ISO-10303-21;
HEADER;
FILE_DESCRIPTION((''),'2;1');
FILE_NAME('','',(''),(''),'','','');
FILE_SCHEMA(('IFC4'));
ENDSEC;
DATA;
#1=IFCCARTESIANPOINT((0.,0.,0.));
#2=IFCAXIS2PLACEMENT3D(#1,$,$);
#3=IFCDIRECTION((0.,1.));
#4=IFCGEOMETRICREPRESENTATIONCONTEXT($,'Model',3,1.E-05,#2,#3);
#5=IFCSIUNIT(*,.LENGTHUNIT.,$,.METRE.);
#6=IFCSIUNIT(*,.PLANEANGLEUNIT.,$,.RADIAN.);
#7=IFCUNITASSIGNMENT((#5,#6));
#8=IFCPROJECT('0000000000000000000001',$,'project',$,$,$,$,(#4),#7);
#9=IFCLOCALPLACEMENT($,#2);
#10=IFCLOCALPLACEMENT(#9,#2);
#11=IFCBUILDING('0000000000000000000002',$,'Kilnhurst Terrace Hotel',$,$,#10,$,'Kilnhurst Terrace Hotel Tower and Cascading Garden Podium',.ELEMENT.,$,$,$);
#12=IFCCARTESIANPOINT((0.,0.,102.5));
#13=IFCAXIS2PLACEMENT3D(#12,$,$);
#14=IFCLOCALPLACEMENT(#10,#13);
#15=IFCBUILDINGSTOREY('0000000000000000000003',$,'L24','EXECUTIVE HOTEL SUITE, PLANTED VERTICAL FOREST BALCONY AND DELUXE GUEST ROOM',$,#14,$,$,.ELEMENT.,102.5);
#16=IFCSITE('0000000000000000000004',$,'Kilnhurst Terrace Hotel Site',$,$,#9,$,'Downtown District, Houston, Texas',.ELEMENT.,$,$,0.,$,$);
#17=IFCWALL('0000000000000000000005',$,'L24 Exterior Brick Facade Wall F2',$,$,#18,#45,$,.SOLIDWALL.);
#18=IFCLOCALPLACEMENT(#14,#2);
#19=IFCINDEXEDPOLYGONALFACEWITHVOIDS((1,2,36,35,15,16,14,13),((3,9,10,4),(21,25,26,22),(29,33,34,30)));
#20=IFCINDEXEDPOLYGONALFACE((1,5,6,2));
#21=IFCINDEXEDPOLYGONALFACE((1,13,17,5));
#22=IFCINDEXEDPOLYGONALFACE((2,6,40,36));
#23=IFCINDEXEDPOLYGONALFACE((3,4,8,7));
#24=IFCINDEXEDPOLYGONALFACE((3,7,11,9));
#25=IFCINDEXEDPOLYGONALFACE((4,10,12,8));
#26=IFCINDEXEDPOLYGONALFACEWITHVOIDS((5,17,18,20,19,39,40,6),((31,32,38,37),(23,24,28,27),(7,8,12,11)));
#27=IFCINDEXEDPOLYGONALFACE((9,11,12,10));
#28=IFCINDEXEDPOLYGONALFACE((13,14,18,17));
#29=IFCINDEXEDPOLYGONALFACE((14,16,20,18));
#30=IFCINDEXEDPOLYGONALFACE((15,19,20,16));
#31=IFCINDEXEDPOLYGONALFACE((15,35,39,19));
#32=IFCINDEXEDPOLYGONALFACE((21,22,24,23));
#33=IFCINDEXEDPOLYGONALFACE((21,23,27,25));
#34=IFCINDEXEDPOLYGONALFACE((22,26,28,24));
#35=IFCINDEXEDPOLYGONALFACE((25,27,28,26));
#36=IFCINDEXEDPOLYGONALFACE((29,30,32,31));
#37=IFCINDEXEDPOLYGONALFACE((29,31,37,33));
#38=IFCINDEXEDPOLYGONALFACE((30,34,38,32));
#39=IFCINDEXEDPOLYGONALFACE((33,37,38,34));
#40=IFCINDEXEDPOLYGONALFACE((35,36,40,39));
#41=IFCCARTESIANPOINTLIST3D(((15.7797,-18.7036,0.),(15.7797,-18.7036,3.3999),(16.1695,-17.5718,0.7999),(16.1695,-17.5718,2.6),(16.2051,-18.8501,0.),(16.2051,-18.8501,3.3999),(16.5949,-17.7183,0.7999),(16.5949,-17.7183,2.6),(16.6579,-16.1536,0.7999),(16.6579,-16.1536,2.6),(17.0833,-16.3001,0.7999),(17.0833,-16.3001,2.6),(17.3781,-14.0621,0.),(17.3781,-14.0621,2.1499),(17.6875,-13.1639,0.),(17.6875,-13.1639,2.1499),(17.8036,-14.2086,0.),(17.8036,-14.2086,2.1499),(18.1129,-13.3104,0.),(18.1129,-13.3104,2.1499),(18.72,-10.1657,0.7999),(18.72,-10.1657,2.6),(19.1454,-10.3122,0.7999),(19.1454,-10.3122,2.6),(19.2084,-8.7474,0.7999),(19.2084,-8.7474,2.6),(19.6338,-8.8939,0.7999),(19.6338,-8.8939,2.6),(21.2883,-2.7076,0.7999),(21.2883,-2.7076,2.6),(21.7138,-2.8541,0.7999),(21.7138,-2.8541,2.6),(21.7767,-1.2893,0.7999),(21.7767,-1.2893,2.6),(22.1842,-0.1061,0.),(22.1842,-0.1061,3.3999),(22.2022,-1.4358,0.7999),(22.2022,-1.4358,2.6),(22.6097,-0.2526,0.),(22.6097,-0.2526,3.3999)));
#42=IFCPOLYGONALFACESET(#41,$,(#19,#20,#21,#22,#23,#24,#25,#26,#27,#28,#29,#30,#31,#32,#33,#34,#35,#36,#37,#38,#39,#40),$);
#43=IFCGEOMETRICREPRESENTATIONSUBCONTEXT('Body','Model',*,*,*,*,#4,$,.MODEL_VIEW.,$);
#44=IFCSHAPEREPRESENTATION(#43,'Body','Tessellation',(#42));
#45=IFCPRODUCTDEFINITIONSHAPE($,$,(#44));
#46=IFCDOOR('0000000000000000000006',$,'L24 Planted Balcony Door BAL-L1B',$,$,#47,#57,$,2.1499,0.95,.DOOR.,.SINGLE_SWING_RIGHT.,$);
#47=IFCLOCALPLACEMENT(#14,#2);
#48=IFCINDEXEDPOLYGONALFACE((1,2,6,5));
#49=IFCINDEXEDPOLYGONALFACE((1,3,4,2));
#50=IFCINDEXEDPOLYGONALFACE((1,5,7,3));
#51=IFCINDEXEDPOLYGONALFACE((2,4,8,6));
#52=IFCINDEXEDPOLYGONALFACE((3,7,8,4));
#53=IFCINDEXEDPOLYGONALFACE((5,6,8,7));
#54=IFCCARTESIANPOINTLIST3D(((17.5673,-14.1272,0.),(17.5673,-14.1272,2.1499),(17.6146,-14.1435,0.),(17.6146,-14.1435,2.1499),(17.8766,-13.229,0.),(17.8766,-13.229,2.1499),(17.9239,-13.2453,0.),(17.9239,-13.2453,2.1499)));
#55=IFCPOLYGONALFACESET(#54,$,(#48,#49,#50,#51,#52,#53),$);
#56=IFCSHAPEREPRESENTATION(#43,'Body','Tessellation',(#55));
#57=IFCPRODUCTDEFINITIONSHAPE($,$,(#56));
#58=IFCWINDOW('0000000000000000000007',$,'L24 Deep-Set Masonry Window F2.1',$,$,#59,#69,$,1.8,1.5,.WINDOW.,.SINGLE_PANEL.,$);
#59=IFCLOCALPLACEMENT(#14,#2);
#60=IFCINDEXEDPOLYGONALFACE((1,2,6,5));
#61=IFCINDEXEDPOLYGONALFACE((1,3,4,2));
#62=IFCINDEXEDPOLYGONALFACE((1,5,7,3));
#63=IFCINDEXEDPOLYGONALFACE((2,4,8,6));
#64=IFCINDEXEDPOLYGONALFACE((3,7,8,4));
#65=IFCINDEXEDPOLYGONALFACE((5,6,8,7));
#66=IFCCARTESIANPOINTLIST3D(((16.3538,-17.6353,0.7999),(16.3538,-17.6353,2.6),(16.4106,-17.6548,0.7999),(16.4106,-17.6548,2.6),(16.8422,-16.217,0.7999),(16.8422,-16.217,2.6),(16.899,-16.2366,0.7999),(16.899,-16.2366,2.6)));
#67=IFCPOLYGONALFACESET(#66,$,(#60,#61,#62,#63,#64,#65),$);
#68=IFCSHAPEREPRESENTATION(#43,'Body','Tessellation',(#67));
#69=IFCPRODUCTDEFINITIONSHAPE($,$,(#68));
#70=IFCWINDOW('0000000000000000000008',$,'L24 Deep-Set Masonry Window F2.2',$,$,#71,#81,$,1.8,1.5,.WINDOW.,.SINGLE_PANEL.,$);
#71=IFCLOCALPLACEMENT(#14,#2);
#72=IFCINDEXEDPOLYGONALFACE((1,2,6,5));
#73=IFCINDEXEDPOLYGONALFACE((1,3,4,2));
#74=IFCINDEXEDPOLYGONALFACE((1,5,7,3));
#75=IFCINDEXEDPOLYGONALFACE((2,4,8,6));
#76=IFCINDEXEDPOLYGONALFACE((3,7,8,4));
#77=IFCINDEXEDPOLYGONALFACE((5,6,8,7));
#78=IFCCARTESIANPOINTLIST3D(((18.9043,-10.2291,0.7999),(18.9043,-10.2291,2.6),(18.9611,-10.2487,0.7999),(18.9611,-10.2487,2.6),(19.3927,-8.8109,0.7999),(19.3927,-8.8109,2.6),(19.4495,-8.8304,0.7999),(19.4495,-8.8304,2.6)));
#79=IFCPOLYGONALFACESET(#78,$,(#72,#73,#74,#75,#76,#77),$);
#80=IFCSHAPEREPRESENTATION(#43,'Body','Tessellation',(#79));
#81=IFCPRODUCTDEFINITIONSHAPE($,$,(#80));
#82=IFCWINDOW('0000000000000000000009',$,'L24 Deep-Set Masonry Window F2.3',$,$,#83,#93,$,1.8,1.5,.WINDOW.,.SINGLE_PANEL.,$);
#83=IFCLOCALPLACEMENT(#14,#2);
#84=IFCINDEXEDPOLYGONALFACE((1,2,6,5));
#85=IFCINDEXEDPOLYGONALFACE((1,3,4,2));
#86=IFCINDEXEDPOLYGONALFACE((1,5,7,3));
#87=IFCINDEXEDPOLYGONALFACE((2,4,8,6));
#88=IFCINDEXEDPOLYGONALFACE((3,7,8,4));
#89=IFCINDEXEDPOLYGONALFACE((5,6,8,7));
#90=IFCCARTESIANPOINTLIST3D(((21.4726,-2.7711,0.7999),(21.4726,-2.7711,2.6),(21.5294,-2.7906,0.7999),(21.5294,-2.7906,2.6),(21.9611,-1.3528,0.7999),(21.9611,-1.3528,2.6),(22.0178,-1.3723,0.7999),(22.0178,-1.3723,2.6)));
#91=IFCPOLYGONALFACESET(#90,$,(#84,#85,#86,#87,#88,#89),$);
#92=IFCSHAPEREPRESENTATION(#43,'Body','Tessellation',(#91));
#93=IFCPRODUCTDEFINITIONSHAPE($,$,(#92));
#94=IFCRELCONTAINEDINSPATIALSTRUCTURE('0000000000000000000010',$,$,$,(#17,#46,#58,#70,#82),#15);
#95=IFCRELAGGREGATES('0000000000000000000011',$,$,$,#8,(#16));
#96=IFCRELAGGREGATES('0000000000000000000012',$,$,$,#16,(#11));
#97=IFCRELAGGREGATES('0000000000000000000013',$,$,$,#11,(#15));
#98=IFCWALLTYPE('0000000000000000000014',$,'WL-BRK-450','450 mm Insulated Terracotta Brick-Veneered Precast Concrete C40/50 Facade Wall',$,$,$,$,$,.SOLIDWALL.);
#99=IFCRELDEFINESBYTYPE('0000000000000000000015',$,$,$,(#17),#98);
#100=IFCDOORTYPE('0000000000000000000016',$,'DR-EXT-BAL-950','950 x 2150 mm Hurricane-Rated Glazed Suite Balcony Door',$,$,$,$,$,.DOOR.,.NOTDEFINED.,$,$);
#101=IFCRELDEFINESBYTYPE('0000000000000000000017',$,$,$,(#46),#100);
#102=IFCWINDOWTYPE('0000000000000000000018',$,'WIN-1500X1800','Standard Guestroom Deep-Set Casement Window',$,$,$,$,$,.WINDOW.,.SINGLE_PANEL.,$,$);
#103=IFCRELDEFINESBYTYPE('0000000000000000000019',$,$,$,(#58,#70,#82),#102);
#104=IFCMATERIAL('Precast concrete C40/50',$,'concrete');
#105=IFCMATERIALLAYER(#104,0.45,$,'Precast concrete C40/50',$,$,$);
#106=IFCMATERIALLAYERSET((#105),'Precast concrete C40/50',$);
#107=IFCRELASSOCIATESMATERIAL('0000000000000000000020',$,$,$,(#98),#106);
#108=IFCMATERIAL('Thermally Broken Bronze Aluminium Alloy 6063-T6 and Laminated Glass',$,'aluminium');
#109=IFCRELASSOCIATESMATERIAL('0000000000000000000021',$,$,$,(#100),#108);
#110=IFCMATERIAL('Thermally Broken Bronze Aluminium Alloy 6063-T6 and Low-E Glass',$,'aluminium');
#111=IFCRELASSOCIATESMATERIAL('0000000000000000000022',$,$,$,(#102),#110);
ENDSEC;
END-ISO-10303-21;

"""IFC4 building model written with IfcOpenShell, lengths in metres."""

from ifc_helpers import new_model, si_unit, direction, frame, frame_2d, origin, place, context, subcontext, project, spatial, rectangle, extrude, material, layer, layer_set, type_object, element, fill, save


model = new_model("IFC4")

# Units and contexts
model_context = context("Model", 3, precision=1e-05, world=origin(), true_north=direction((0.0, 1.0)))
body_context = subcontext(model_context, "Body", "Model", "MODEL_VIEW")
ifc_project = project(units=[si_unit("LENGTHUNIT", "METRE"), si_unit("PLANEANGLEUNIT", "RADIAN")], contexts=[model_context])

# Site, building, storey
site_placement = place(None, origin())
site = spatial("IfcSite", under=ifc_project, at=site_placement, Name="Kilnhurst Terrace Hotel Site", LongName="Downtown District, Houston, Texas", CompositionType="ELEMENT", RefElevation=0.0)
building_placement = place(site_placement, origin())
building = spatial("IfcBuilding", under=site, at=building_placement, Name="Kilnhurst Terrace Hotel", LongName="Kilnhurst Terrace Hotel Tower and Cascading Garden Podium", CompositionType="ELEMENT")
storey_placement = place(building_placement, frame((0.0, 0.0, 102.5)))
storey = spatial("IfcBuildingStorey", under=building, at=storey_placement, Name="L24", Description="EXECUTIVE HOTEL SUITE, PLANTED VERTICAL FOREST BALCONY AND DELUXE GUEST ROOM", CompositionType="ELEMENT", Elevation=102.5)

# Shared definitions
ifc_material_1 = material(Name="Precast concrete C40/50", Category="concrete")
ifc_layer_1 = layer(ifc_material_1, 0.45, Name="Precast concrete C40/50")
ifc_layer_set_1 = layer_set([ifc_layer_1], Name="Precast concrete C40/50")
wall_type_1 = type_object("IfcWallType", Name="WL-BRK-450", Description="450 mm Insulated Terracotta Brick-Veneered Precast Concrete C40/50 Facade Wall", PredefinedType="SOLIDWALL", material=ifc_layer_set_1)

# Wall, openings, door, windows
wall_1_placement = place(storey_placement, frame((15.9924, -18.7769, 0.0), z_axis=(0.0, 0.0, 1.0), x_axis=(0.325607, 0.945505, 0.0)))
wall_1 = element("IfcWall", 1, at=wall_1_placement, inside=storey, type_object=wall_type_1, Name="L24 Exterior Brick Facade Wall F2", PredefinedType="SOLIDWALL", context=body_context, shape_type="SweptSolid", body=[
    extrude(rectangle(XDim=19.6694, YDim=0.45, at=frame_2d((9.8347, 0.0))), origin(), (0.0, 0.0, 1.0), 3.3999),
])
opening_1_placement = place(wall_1_placement, frame((4.9089, 0.0, 0.0)))
opening_1 = element("IfcOpeningElement", 2, at=opening_1_placement, cuts=wall_1, PredefinedType="OPENING", context=body_context, shape_type="SweptSolid", body=[
    extrude(rectangle(XDim=0.95, YDim=2.1499, at=frame_2d((0.4751, 1.075))), frame((0.0, 0.2349, 0.0), z_axis=(0.0, -1.0, 0.0), x_axis=(1.0, 0.0, 0.0)), (0.0, 0.0, 1.0), 0.47),
])
opening_2_placement = place(wall_1_placement, frame((1.197, 0.0, 0.8)))
opening_2 = element("IfcOpeningElement", 3, at=opening_2_placement, cuts=wall_1, PredefinedType="OPENING", context=body_context, shape_type="SweptSolid", body=[
    extrude(rectangle(XDim=1.5, YDim=1.8, at=frame_2d((0.75, 0.8999))), frame((0.0, 0.2349, 0.0), z_axis=(0.0, -1.0, 0.0), x_axis=(1.0, 0.0, 0.0)), (0.0, 0.0, 1.0), 0.47),
])
opening_3_placement = place(wall_1_placement, frame((9.03, 0.0, 0.8)))
opening_3 = element("IfcOpeningElement", 4, at=opening_3_placement, cuts=wall_1, PredefinedType="OPENING", context=body_context, shape_type="SweptSolid", body=[
    extrude(rectangle(XDim=1.5, YDim=1.8, at=frame_2d((0.75, 0.8999))), frame((0.0, 0.2349, 0.0), z_axis=(0.0, -1.0, 0.0), x_axis=(1.0, 0.0, 0.0)), (0.0, 0.0, 1.0), 0.47),
])
opening_4_placement = place(wall_1_placement, frame((16.918, 0.0, 0.8)))
opening_4 = element("IfcOpeningElement", 5, at=opening_4_placement, cuts=wall_1, PredefinedType="OPENING", context=body_context, shape_type="SweptSolid", body=[
    extrude(rectangle(XDim=1.5, YDim=1.8, at=frame_2d((0.75, 0.8999))), frame((0.0, 0.2349, 0.0), z_axis=(0.0, -1.0, 0.0), x_axis=(1.0, 0.0, 0.0)), (0.0, 0.0, 1.0), 0.47),
])
ifc_material_2 = material(Name="Thermally Broken Bronze Aluminium Alloy 6063-T6 and Laminated Glass", Category="aluminium")
door_type_1 = type_object("IfcDoorType", Name="DR-EXT-BAL-950", Description="950 x 2150 mm Hurricane-Rated Glazed Suite Balcony Door", OperationType="NOTDEFINED", PredefinedType="DOOR", material=ifc_material_2)
door_1_placement = place(opening_1_placement, origin())
door_1 = element("IfcDoor", 6, at=door_1_placement, inside=storey, type_object=door_type_1, Name="L24 Planted Balcony Door BAL-L1B", OperationType="SINGLE_SWING_RIGHT", OverallHeight=2.1499, OverallWidth=0.95, PredefinedType="DOOR", context=body_context, shape_type="SweptSolid", body=[
    extrude(rectangle(XDim=0.95, YDim=2.1499, at=frame_2d((0.4751, 1.075))), frame((0.0, 0.0249, 0.0), z_axis=(0.0, -1.0, 0.0), x_axis=(1.0, 0.0, 0.0)), (0.0, 0.0, 1.0), 0.05),
])
fill(opening_1, door_1)
ifc_material_3 = material(Name="Thermally Broken Bronze Aluminium Alloy 6063-T6 and Low-E Glass", Category="aluminium")
window_type = type_object("IfcWindowType", Name="WIN-1500X1800", Description="Standard Guestroom Deep-Set Casement Window", PartitioningType="SINGLE_PANEL", PredefinedType="WINDOW", material=ifc_material_3)
window_1_placement = place(opening_2_placement, origin())
window_1 = element("IfcWindow", 7, at=window_1_placement, inside=storey, type_object=window_type, Name="L24 Deep-Set Masonry Window F2.1", OverallHeight=1.8, OverallWidth=1.5, PartitioningType="SINGLE_PANEL", PredefinedType="WINDOW", context=body_context, shape_type="SweptSolid", body=[
    extrude(rectangle(XDim=1.5, YDim=1.8, at=frame_2d((0.75, 0.8999))), frame((0.0, 0.03, 0.0), z_axis=(0.0, -1.0, 0.0), x_axis=(1.0, 0.0, 0.0)), (0.0, 0.0, 1.0), 0.0601),
])
fill(opening_2, window_1)
window_2_placement = place(opening_3_placement, origin())
window_2 = element("IfcWindow", 8, at=window_2_placement, inside=storey, type_object=window_type, Name="L24 Deep-Set Masonry Window F2.2", OverallHeight=1.8, OverallWidth=1.5, PartitioningType="SINGLE_PANEL", PredefinedType="WINDOW", context=body_context, shape_type="SweptSolid", body=[
    extrude(rectangle(XDim=1.5, YDim=1.8, at=frame_2d((0.75, 0.8999))), frame((0.0, 0.03, 0.0), z_axis=(0.0, -1.0, 0.0), x_axis=(1.0, 0.0, 0.0)), (0.0, 0.0, 1.0), 0.0601),
])
fill(opening_3, window_2)
window_3_placement = place(opening_4_placement, origin())
window_3 = element("IfcWindow", 9, at=window_3_placement, inside=storey, type_object=window_type, Name="L24 Deep-Set Masonry Window F2.3", OverallHeight=1.8, OverallWidth=1.5, PartitioningType="SINGLE_PANEL", PredefinedType="WINDOW", context=body_context, shape_type="SweptSolid", body=[
    extrude(rectangle(XDim=1.5, YDim=1.8, at=frame_2d((0.75, 0.8999))), frame((0.0, 0.03, 0.0), z_axis=(0.0, -1.0, 0.0), x_axis=(1.0, 0.0, 0.0)), (0.0, 0.0, 1.0), 0.0601),
])
fill(opening_4, window_3)

save(model, "model.ifc")
